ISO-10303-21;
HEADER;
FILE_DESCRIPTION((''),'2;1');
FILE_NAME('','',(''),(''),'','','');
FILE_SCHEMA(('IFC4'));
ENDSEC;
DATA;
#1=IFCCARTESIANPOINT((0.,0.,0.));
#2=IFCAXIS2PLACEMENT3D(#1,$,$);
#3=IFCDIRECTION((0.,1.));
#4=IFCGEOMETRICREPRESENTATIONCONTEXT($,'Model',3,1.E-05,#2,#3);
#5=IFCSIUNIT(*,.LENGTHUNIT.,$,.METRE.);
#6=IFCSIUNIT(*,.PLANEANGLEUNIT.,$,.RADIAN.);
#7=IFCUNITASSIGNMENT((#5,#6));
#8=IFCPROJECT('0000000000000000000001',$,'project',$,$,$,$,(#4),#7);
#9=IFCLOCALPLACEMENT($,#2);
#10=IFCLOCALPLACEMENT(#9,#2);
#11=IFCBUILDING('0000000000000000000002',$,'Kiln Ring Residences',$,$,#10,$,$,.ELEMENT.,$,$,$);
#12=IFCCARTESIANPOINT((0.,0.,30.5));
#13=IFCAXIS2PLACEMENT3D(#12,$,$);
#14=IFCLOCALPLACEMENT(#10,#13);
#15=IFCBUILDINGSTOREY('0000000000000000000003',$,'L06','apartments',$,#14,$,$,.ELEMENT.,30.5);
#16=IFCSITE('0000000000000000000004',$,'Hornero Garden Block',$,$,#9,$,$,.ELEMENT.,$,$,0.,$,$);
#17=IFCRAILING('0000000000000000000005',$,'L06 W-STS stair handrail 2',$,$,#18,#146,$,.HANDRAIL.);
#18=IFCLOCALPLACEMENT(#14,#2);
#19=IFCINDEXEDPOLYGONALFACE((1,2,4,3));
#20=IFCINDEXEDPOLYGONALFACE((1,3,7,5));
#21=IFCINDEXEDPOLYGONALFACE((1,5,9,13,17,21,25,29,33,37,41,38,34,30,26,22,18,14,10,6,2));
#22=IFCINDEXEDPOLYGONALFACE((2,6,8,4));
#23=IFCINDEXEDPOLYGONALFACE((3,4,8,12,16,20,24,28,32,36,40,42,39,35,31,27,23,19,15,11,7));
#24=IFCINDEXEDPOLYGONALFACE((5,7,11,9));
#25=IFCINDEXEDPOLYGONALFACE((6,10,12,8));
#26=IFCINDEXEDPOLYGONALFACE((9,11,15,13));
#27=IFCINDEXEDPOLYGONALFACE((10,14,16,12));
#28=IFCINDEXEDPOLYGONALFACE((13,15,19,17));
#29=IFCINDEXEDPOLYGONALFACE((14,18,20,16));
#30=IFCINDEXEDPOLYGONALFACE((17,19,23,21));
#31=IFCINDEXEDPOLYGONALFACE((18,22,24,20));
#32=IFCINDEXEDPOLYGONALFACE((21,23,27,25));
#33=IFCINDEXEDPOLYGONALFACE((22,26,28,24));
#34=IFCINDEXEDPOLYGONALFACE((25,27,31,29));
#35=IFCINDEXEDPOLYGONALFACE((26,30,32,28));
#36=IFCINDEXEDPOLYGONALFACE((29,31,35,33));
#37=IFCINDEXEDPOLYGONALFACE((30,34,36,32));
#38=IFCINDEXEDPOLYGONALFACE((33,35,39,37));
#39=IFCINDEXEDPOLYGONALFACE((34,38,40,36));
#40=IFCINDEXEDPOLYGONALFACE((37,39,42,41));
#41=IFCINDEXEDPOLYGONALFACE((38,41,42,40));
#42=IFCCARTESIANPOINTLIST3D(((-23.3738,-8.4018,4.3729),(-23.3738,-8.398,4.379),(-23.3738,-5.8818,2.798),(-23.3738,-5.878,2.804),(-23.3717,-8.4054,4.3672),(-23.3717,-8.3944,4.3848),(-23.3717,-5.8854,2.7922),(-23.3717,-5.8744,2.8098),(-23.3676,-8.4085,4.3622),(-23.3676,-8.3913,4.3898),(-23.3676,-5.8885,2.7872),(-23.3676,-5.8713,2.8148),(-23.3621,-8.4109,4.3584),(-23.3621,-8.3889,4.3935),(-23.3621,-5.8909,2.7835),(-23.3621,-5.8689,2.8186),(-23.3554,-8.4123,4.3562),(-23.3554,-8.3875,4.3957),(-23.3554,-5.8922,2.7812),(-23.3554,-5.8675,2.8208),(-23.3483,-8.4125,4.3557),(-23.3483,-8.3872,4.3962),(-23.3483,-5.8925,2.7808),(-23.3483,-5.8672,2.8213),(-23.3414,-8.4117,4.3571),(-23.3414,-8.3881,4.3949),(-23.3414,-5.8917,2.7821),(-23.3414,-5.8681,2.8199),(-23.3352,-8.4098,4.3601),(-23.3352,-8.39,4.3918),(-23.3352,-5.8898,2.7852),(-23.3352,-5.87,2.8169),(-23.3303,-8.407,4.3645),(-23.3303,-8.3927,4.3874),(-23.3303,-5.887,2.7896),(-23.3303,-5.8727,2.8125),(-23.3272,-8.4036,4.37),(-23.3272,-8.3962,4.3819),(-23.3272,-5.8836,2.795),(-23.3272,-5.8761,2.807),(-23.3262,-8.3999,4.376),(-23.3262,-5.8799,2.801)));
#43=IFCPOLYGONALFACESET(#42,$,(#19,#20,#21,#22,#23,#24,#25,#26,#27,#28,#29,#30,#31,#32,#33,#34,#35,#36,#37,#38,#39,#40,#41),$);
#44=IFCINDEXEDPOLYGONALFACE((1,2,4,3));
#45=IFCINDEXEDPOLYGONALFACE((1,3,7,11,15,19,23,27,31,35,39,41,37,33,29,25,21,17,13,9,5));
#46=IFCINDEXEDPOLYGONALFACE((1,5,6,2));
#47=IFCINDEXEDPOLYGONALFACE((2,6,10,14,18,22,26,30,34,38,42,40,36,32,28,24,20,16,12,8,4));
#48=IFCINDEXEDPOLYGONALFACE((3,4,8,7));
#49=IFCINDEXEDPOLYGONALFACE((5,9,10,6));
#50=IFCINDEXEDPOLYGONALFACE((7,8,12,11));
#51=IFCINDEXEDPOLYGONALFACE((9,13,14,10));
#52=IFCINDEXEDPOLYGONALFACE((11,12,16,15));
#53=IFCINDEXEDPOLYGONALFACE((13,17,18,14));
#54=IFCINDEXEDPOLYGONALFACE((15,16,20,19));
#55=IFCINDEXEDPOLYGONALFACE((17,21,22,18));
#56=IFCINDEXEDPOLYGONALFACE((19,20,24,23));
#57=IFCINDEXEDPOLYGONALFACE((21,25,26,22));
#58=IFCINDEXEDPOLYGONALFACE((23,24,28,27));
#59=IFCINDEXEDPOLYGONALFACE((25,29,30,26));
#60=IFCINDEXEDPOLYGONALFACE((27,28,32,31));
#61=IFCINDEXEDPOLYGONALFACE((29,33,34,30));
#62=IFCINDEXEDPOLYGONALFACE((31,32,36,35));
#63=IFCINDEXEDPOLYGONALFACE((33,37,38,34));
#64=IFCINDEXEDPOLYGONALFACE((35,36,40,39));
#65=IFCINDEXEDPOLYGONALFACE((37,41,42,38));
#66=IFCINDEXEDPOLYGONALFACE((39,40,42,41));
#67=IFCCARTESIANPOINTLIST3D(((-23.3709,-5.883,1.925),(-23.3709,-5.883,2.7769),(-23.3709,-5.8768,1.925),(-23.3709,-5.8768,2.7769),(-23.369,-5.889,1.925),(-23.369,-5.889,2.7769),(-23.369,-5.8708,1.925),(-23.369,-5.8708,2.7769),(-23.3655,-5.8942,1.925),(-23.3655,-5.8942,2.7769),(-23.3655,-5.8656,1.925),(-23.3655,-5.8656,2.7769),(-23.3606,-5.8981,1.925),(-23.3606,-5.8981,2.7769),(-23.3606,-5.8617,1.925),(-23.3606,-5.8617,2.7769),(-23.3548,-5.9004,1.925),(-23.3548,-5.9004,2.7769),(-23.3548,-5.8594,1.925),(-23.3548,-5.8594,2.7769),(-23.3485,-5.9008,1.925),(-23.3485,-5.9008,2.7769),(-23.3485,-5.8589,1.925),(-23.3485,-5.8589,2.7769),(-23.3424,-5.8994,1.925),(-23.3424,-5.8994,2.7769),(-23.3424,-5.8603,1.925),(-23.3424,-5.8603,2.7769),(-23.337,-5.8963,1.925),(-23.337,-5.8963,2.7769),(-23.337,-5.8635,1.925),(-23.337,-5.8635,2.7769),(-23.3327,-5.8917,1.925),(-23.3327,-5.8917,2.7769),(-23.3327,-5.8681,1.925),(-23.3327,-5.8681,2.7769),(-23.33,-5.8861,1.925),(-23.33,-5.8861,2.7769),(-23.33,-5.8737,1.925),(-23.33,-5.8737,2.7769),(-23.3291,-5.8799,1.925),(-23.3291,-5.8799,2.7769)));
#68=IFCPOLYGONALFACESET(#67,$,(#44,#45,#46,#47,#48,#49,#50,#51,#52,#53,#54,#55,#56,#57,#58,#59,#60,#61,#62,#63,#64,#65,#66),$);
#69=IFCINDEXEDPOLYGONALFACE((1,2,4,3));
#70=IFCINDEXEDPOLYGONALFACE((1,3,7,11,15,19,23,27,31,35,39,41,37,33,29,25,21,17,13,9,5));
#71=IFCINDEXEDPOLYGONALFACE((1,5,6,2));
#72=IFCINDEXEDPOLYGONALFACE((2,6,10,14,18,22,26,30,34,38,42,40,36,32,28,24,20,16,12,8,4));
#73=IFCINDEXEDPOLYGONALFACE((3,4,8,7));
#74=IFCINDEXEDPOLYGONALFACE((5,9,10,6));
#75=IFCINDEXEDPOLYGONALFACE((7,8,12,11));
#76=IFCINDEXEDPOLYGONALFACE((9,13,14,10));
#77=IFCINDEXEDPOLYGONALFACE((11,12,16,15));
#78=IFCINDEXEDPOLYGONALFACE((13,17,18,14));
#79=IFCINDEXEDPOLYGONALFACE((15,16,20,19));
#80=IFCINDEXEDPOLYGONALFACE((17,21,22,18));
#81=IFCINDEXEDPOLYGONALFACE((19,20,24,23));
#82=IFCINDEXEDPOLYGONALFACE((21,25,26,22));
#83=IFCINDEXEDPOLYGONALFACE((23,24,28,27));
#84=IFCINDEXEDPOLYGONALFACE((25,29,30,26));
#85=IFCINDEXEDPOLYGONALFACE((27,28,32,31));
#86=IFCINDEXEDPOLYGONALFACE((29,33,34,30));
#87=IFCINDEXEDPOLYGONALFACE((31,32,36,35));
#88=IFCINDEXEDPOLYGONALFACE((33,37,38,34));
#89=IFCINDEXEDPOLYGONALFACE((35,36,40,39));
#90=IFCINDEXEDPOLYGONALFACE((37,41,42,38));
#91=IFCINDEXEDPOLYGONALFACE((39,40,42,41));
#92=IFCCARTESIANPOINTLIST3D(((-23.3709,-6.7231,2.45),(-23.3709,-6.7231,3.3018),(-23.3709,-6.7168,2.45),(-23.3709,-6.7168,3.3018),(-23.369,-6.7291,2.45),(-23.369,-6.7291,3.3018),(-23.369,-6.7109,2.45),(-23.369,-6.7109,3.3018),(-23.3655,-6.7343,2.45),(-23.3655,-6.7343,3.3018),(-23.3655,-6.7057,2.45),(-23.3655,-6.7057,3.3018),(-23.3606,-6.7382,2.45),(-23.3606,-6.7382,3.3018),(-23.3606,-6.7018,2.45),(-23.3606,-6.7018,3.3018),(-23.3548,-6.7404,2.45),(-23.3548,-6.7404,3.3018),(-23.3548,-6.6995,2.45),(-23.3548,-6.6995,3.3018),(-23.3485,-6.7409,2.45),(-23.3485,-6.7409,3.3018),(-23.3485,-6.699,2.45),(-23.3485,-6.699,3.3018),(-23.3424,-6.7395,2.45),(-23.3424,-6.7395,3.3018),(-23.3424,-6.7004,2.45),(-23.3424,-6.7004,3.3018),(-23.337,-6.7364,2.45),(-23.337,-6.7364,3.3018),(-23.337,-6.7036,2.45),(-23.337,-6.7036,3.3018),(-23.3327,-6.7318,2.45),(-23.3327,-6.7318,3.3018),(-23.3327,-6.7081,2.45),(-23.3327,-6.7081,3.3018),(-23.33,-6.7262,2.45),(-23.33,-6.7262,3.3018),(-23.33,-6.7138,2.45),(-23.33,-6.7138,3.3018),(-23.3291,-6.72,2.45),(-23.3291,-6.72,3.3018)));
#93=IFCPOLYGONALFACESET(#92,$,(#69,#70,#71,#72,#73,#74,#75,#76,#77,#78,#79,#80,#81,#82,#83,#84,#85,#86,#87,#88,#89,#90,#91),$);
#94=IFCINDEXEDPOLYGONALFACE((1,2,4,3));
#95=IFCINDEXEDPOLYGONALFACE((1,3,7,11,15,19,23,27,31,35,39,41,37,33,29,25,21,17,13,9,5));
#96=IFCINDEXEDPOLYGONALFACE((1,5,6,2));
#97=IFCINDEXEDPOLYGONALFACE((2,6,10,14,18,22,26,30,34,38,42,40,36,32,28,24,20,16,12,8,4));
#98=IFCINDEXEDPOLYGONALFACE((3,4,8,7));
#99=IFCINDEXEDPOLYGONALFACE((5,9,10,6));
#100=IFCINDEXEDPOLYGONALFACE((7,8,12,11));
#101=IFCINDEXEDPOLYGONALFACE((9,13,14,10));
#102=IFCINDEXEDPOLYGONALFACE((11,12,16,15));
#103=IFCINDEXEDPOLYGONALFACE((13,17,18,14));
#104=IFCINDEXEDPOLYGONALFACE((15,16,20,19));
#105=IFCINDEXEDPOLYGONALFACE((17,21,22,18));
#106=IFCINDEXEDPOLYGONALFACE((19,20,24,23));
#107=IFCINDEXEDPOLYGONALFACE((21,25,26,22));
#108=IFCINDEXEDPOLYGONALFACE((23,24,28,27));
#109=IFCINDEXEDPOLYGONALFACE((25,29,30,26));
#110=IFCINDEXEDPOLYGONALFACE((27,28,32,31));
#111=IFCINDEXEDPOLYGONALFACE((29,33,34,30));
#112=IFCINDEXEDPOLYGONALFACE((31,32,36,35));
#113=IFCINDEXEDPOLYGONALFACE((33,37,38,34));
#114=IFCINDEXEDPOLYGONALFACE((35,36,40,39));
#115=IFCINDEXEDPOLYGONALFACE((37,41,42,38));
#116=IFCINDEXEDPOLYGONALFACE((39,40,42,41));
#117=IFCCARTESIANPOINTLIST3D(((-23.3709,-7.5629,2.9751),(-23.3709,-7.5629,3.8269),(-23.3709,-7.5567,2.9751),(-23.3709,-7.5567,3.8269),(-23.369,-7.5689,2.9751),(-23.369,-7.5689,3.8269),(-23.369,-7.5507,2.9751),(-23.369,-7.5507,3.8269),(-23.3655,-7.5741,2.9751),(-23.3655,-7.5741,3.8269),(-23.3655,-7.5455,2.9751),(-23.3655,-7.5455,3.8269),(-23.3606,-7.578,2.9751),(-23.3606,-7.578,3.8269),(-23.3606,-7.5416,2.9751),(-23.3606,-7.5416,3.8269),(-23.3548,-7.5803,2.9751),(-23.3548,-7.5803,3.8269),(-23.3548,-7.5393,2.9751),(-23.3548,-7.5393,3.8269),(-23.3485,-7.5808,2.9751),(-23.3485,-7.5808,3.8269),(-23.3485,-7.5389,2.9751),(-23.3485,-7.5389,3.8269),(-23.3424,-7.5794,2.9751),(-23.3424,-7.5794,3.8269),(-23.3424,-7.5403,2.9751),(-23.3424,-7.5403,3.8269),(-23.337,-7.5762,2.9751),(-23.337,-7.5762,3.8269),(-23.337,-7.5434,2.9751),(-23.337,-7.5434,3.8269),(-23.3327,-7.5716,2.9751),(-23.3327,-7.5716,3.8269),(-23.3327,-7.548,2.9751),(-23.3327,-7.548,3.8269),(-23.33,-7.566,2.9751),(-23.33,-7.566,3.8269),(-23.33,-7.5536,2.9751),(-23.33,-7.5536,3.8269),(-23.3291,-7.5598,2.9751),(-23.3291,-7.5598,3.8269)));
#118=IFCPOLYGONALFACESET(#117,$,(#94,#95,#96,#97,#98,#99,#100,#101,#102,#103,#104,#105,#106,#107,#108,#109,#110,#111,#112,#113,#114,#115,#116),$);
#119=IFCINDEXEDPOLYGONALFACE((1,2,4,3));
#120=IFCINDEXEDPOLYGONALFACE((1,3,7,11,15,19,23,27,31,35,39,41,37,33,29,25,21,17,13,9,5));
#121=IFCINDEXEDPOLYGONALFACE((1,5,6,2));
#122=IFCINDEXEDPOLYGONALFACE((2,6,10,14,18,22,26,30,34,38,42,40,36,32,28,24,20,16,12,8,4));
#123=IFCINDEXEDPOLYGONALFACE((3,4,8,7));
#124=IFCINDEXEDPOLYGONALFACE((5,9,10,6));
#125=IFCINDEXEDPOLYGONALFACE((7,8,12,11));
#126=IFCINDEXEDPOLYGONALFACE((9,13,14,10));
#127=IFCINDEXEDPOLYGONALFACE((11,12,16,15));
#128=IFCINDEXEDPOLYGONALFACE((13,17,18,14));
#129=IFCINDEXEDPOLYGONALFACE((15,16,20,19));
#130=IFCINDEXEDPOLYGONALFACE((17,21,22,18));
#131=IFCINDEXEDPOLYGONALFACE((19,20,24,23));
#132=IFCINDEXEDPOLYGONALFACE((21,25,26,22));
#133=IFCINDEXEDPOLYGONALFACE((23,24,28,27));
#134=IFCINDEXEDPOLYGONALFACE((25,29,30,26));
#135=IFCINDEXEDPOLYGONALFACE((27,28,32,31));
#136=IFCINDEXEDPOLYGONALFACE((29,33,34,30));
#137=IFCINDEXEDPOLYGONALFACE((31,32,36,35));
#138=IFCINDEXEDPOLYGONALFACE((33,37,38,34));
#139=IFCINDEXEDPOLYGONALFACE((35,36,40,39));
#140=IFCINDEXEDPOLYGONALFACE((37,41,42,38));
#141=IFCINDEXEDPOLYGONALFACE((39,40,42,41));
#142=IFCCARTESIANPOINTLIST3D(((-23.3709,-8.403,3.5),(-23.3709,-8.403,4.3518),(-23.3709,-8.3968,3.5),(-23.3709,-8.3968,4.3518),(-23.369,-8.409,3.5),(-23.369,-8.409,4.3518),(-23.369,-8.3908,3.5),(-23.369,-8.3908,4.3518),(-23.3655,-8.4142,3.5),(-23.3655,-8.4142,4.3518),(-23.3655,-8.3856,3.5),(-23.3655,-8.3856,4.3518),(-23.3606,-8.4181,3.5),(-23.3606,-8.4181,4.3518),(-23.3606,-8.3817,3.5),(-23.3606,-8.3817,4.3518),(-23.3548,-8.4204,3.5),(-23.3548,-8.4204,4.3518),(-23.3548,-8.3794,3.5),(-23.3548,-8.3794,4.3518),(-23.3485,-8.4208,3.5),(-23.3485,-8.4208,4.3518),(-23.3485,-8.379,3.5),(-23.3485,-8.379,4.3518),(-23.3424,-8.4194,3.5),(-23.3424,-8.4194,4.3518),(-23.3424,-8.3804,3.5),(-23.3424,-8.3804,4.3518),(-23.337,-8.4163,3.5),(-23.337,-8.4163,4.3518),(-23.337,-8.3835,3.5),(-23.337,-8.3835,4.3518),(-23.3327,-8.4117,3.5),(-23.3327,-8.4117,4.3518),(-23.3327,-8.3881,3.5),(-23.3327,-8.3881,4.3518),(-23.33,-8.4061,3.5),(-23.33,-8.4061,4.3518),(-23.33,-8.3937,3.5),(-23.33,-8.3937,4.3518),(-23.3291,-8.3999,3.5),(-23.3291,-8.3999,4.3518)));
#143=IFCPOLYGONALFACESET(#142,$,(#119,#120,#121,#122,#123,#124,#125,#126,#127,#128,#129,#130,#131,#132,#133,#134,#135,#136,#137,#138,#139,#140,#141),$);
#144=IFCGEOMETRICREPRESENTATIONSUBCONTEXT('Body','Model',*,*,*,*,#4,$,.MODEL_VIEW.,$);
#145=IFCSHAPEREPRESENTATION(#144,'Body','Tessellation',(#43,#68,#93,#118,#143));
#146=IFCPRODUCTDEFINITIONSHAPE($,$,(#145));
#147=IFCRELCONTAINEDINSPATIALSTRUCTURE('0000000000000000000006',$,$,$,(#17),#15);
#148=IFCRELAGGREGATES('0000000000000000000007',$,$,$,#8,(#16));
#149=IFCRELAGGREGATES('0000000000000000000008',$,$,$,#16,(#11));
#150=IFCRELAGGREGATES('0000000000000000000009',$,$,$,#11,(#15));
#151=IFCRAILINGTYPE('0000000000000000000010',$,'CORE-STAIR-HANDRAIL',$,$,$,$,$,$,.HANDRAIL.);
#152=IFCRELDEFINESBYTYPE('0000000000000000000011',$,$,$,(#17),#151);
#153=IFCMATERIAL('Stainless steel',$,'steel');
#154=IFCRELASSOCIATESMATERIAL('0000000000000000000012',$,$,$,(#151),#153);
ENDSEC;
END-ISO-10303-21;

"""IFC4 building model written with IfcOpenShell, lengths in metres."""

from ifc_helpers import new_model, si_unit, direction, frame, origin, origin_2d, place, context, subcontext, project, spatial, circle, extrude, material, type_object, element, save


model = new_model("IFC4")

# Units and contexts
model_context = context("Model", 3, precision=1e-05, world=origin(), true_north=direction((0.0, 1.0)))
body_context = subcontext(model_context, "Body", "Model", "MODEL_VIEW")
ifc_project = project(units=[si_unit("LENGTHUNIT", "METRE"), si_unit("PLANEANGLEUNIT", "RADIAN")], contexts=[model_context])

# Site, building, storey
site_placement = place(None, origin())
site = spatial("IfcSite", under=ifc_project, at=site_placement, Name="Hornero Garden Block", CompositionType="ELEMENT", RefElevation=0.0)
building_placement = place(site_placement, origin())
building = spatial("IfcBuilding", under=site, at=building_placement, Name="Kiln Ring Residences", CompositionType="ELEMENT")
storey_placement = place(building_placement, frame((0.0, 0.0, 30.5)))
storey = spatial("IfcBuildingStorey", under=building, at=storey_placement, Name="L06", Description="apartments", CompositionType="ELEMENT", Elevation=30.5)

# Railing
ifc_material_1 = material(Name="Stainless steel", Category="steel")
railing_type_1 = type_object("IfcRailingType", Name="CORE-STAIR-HANDRAIL", PredefinedType="HANDRAIL", material=ifc_material_1)
railing_1_placement = place(storey_placement, frame((-23.3501, -5.8799, 1.925)))
element("IfcRailing", 1, at=railing_1_placement, inside=storey, type_object=railing_type_1, Name="L06 W-STS stair handrail 2", PredefinedType="HANDRAIL", context=body_context, shape_type="SweptSolid", body=[
    extrude(circle(Radius=0.0239, at=origin_2d()), frame((0.0, 0.0, 0.876), z_axis=(0.0, -0.848008, 0.529984), x_axis=(1.0, 0.0, 0.0)), (0.0, 0.0, 1.0), 2.9717),
    extrude(circle(Radius=0.021, at=origin_2d()), origin(), (0.0, 0.0, 1.0), 0.8518),
    extrude(circle(Radius=0.021, at=origin_2d()), frame((0.0, -0.8401, 0.5249)), (0.0, 0.0, 1.0), 0.8518),
    extrude(circle(Radius=0.021, at=origin_2d()), frame((0.0, -1.6799, 1.05)), (0.0, 0.0, 1.0), 0.8518),
    extrude(circle(Radius=0.021, at=origin_2d()), frame((0.0, -2.52, 1.575)), (0.0, 0.0, 1.0), 0.8518),
])

save(model, "model.ifc")
